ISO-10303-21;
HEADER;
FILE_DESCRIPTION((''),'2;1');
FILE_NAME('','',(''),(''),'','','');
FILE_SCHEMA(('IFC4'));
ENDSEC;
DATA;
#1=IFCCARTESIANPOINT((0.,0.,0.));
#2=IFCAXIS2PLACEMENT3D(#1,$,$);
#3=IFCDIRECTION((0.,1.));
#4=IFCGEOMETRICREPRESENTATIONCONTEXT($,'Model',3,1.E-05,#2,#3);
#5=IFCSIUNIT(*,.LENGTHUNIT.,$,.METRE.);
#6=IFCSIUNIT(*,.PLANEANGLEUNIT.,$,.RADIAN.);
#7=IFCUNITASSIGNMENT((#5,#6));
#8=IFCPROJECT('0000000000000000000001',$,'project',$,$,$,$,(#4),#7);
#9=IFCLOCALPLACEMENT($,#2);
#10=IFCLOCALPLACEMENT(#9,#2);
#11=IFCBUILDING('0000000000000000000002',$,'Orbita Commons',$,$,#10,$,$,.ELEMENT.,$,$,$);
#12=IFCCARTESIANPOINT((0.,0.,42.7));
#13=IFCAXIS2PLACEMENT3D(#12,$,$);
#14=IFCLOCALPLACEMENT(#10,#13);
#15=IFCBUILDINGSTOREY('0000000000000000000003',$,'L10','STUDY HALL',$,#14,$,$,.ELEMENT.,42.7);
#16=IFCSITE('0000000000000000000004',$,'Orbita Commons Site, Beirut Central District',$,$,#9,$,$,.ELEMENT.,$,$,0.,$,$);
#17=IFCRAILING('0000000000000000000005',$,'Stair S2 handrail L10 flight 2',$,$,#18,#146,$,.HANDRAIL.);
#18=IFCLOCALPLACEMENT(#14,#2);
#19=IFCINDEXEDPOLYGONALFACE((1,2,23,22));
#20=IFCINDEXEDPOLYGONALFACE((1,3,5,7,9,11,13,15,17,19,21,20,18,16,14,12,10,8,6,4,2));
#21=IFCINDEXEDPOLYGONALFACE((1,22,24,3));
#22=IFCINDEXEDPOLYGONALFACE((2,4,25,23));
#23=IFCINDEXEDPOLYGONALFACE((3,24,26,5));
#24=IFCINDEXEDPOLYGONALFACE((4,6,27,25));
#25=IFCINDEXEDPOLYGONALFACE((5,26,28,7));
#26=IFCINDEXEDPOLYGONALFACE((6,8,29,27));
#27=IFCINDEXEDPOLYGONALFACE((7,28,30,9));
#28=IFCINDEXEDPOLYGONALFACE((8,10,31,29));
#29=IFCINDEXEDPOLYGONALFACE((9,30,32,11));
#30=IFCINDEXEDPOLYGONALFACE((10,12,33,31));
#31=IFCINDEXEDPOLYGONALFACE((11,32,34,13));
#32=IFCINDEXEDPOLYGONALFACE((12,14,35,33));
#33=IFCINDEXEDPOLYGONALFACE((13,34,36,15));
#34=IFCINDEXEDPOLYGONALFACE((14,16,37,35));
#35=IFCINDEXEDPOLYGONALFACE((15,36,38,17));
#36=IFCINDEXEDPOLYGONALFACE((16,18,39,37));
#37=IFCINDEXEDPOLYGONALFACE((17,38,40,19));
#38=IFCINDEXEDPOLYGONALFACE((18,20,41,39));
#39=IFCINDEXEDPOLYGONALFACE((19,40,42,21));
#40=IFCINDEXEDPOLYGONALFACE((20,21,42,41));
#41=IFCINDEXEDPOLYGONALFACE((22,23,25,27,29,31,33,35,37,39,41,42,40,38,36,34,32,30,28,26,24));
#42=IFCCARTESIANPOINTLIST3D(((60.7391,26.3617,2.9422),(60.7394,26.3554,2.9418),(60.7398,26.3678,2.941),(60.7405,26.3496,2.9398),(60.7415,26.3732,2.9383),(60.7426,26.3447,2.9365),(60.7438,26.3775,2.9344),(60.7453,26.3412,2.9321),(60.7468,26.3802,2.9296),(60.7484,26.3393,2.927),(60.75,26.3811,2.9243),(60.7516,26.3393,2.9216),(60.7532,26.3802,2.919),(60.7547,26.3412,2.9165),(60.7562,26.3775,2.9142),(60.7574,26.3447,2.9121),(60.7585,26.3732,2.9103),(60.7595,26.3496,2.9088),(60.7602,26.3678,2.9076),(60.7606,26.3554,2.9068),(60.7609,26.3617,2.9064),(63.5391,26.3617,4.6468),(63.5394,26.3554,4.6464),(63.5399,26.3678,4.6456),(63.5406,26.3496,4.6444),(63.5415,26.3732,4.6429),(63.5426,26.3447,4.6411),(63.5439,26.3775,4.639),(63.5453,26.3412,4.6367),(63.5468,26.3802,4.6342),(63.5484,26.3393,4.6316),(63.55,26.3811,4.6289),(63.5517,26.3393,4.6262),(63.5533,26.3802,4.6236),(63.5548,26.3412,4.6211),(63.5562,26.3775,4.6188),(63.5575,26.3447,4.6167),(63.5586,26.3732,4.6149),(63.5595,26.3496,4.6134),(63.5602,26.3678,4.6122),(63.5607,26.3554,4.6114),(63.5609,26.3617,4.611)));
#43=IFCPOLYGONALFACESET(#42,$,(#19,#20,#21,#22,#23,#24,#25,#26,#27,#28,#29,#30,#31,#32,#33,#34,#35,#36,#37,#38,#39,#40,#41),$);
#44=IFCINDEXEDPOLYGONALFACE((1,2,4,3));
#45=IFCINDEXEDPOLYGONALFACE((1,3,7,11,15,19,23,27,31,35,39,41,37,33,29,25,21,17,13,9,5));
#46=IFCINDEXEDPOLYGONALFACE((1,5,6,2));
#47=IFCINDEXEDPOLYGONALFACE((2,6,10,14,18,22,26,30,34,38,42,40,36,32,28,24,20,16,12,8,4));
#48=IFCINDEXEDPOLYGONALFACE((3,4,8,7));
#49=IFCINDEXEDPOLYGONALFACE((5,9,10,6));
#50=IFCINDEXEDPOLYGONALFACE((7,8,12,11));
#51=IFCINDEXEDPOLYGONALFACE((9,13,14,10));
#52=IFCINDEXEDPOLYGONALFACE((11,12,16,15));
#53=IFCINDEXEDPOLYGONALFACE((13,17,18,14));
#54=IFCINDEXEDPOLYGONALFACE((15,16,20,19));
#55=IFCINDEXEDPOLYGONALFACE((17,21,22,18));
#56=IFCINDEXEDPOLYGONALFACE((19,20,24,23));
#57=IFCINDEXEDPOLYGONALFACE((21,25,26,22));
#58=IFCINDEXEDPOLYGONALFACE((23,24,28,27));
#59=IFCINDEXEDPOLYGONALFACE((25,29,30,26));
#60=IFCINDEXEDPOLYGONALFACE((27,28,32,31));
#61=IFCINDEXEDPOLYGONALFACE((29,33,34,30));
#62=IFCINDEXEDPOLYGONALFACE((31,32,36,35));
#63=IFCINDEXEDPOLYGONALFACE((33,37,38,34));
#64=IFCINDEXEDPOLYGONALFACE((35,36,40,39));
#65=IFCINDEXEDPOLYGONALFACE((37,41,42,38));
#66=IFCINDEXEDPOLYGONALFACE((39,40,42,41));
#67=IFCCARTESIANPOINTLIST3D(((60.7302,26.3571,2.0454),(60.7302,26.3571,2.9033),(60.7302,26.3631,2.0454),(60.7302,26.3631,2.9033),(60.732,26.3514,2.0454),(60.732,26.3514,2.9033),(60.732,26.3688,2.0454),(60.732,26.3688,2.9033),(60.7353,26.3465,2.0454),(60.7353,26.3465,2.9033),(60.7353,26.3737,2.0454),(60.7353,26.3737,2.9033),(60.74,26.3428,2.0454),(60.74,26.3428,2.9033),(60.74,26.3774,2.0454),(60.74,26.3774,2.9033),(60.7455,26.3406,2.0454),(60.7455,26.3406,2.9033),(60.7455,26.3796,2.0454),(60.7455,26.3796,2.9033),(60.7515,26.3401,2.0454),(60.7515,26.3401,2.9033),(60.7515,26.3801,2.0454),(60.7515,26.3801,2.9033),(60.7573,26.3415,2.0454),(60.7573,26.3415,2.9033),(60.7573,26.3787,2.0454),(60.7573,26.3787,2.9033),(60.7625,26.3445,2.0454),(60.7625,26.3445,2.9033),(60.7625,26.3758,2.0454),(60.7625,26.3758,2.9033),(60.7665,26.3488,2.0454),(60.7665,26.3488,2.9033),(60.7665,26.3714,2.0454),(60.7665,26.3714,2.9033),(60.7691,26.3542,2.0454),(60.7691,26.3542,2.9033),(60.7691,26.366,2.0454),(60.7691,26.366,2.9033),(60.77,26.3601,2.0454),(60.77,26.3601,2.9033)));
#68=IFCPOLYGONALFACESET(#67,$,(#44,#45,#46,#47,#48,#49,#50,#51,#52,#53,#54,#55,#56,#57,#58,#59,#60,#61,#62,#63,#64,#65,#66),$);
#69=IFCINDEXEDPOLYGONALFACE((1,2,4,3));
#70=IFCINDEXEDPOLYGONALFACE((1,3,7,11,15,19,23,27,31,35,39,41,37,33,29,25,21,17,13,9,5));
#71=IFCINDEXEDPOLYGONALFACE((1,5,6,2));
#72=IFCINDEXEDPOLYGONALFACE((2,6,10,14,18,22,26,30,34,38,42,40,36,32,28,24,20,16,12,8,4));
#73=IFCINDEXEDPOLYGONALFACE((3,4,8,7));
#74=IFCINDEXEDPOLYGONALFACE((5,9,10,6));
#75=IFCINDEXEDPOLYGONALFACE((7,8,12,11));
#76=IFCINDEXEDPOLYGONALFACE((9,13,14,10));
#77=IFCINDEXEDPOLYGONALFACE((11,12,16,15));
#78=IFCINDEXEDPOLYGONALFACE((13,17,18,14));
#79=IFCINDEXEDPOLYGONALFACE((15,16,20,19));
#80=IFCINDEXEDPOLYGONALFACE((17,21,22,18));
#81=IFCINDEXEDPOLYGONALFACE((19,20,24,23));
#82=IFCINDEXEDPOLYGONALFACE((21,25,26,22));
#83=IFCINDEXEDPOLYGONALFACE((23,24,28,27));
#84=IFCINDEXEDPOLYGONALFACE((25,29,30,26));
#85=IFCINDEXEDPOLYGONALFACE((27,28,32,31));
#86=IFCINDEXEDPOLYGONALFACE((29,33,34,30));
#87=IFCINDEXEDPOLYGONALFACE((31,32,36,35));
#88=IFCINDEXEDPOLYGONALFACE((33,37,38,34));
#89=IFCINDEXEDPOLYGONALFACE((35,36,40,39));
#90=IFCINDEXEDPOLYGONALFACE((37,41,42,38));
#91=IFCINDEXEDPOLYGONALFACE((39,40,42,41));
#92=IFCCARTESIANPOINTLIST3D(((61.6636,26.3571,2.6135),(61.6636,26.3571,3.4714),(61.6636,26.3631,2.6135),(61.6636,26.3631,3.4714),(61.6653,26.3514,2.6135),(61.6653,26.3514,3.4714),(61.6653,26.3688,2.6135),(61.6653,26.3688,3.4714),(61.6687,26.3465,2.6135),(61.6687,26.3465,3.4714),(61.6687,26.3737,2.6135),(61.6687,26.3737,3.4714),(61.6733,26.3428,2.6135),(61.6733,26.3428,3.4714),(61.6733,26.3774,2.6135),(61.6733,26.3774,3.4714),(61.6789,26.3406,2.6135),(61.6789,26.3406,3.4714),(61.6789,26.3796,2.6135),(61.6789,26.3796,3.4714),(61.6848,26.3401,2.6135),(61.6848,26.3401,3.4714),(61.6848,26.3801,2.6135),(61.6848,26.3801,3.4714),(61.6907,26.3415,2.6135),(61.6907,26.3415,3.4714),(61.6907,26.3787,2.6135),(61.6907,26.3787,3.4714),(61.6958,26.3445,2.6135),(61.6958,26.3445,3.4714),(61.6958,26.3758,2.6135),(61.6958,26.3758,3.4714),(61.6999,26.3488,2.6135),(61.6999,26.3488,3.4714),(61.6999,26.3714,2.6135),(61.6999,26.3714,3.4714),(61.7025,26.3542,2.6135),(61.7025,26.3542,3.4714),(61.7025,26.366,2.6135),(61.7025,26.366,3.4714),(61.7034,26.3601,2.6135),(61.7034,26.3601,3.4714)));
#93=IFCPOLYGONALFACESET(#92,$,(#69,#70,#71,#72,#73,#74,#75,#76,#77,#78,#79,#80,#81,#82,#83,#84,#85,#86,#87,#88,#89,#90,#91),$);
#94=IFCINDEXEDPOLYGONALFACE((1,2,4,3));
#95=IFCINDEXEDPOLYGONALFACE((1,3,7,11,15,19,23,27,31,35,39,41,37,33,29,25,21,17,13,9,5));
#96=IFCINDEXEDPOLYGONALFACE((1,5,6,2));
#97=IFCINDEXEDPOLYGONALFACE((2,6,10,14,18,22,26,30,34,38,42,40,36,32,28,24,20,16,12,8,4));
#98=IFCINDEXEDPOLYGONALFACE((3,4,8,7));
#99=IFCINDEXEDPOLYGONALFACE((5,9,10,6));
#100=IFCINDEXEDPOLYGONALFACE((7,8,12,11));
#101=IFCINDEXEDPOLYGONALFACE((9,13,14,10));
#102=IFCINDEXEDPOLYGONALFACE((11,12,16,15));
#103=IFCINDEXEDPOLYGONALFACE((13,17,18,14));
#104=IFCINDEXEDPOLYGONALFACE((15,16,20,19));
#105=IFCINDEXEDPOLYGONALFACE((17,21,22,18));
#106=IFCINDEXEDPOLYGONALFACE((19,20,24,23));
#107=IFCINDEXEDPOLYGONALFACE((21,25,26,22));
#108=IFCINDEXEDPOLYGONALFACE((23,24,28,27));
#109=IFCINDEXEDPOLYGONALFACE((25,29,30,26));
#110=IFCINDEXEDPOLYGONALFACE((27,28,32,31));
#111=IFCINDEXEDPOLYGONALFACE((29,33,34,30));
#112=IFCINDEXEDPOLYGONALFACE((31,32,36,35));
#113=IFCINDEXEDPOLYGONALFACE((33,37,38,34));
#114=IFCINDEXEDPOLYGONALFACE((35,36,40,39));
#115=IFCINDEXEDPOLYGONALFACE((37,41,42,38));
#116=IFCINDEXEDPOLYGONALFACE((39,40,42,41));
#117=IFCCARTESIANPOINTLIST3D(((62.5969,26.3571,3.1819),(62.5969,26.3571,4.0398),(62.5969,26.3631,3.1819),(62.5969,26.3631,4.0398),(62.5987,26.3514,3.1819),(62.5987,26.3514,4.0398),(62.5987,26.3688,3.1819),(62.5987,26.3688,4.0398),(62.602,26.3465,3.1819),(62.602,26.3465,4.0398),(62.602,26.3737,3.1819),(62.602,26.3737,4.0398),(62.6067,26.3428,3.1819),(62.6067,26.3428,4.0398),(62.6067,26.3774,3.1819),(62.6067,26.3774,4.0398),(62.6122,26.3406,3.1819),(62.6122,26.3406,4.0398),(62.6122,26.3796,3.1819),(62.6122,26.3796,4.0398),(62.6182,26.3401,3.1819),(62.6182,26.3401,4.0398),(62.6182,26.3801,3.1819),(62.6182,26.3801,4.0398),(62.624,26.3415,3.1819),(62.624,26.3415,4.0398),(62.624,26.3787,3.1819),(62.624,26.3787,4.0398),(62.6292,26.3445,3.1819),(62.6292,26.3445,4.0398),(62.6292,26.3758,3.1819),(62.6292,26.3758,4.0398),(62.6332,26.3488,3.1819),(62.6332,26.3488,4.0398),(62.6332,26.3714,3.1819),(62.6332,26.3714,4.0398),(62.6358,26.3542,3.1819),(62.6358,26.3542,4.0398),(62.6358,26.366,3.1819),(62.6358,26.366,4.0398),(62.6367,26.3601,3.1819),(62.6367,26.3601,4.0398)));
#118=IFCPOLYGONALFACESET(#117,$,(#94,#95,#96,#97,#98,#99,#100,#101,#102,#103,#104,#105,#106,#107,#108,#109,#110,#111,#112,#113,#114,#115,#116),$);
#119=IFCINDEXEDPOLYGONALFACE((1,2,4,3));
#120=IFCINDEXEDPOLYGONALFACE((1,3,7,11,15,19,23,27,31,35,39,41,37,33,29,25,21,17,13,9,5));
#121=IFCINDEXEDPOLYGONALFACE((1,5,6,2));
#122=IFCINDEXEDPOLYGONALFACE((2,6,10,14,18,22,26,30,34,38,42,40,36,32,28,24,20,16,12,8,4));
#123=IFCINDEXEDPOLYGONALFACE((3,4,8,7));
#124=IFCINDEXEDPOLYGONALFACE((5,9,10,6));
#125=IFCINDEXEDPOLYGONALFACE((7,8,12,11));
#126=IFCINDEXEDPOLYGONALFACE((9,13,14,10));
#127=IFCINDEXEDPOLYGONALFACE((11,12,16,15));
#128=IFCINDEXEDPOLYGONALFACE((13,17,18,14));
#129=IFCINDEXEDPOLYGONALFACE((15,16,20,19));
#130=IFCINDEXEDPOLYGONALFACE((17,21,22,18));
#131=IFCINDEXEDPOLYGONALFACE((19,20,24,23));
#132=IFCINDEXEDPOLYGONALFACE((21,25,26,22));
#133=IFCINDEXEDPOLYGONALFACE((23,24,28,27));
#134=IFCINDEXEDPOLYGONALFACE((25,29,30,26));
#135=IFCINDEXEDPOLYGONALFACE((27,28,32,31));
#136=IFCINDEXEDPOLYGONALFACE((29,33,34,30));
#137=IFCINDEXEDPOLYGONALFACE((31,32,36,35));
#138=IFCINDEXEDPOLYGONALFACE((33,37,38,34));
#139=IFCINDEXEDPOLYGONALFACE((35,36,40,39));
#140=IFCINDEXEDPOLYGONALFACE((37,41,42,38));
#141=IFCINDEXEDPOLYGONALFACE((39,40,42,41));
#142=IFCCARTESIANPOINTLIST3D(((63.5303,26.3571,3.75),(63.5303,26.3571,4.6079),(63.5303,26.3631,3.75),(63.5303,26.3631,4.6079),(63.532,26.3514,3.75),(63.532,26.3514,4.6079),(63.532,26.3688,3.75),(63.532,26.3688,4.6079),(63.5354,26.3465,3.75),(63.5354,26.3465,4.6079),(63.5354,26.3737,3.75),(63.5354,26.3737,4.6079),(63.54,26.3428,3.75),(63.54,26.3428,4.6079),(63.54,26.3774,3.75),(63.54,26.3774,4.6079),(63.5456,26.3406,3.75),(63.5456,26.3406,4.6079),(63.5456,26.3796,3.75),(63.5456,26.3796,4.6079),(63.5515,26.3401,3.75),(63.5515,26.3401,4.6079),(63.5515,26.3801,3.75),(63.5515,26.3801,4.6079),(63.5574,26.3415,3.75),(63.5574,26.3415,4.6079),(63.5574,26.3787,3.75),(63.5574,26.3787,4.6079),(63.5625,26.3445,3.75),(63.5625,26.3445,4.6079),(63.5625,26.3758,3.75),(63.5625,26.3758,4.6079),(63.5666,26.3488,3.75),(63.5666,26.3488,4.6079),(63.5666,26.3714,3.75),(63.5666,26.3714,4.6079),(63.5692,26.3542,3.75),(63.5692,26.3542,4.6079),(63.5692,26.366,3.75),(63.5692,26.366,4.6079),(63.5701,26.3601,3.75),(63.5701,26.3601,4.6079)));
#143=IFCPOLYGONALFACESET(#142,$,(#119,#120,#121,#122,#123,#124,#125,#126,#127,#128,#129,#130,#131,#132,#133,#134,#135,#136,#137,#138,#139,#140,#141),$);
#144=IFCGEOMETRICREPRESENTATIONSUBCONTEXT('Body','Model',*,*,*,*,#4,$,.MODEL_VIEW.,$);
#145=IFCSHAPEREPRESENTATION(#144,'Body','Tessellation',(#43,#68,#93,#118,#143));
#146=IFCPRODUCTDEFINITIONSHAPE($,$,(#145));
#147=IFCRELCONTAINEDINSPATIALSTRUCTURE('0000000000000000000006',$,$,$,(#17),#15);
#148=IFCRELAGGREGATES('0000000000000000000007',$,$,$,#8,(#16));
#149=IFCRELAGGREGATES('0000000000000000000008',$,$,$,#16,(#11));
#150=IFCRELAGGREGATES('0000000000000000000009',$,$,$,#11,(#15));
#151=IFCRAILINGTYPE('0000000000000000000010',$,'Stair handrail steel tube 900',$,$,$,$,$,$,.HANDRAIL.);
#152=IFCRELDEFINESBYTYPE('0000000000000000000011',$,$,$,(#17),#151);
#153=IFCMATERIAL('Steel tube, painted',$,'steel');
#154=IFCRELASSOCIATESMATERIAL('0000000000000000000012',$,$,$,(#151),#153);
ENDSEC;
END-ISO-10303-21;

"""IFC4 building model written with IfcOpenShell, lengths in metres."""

from ifc_helpers import new_model, si_unit, direction, frame, origin, origin_2d, place, context, subcontext, project, spatial, circle, extrude, material, type_object, element, save


model = new_model("IFC4")

# Units and contexts
model_context = context("Model", 3, precision=1e-05, world=origin(), true_north=direction((0.0, 1.0)))
body_context = subcontext(model_context, "Body", "Model", "MODEL_VIEW")
ifc_project = project(units=[si_unit("LENGTHUNIT", "METRE"), si_unit("PLANEANGLEUNIT", "RADIAN")], contexts=[model_context])

# Site, building, storey
site_placement = place(None, origin())
site = spatial("IfcSite", under=ifc_project, at=site_placement, Name="Orbita Commons Site, Beirut Central District", CompositionType="ELEMENT", RefElevation=0.0)
building_placement = place(site_placement, origin())
building = spatial("IfcBuilding", under=site, at=building_placement, Name="Orbita Commons", CompositionType="ELEMENT")
storey_placement = place(building_placement, frame((0.0, 0.0, 42.7)))
storey = spatial("IfcBuildingStorey", under=building, at=storey_placement, Name="L10", Description="STUDY HALL", CompositionType="ELEMENT", Elevation=42.7)

# Railing
ifc_material_1 = material(Name="Steel tube, painted", Category="steel")
railing_type = type_object("IfcRailingType", Name="Stair handrail steel tube 900", PredefinedType="HANDRAIL", material=ifc_material_1)
for number, where, name in (
    (1, (60.75, 26.3601, 2.0454), "Stair S2 handrail L10 flight 2"),
):
    element("IfcRailing", number, at=place(storey_placement, frame(where)), inside=storey, type_object=railing_type, Name=name, PredefinedType="HANDRAIL", context=body_context, shape_type="SweptSolid", body=[
        extrude(circle(Radius=0.021, at=origin_2d()), frame((0.0, 0.0, 0.8789), z_axis=(0.85417, 0.0, 0.519994), x_axis=(0.0, 1.0, 0.0)), (0.0, 0.0, 1.0), 3.2781),
        extrude(circle(Radius=0.02, at=origin_2d()), origin(), (0.0, 0.0, 1.0), 0.8579),
        extrude(circle(Radius=0.02, at=origin_2d()), frame((0.9333, 0.0, 0.5681)), (0.0, 0.0, 1.0), 0.8579),
        extrude(circle(Radius=0.02, at=origin_2d()), frame((1.8667, 0.0, 1.1365)), (0.0, 0.0, 1.0), 0.8579),
        extrude(circle(Radius=0.02, at=origin_2d()), frame((2.8, 0.0, 1.7046)), (0.0, 0.0, 1.0), 0.8579),
    ])

save(model, "model.ifc")
